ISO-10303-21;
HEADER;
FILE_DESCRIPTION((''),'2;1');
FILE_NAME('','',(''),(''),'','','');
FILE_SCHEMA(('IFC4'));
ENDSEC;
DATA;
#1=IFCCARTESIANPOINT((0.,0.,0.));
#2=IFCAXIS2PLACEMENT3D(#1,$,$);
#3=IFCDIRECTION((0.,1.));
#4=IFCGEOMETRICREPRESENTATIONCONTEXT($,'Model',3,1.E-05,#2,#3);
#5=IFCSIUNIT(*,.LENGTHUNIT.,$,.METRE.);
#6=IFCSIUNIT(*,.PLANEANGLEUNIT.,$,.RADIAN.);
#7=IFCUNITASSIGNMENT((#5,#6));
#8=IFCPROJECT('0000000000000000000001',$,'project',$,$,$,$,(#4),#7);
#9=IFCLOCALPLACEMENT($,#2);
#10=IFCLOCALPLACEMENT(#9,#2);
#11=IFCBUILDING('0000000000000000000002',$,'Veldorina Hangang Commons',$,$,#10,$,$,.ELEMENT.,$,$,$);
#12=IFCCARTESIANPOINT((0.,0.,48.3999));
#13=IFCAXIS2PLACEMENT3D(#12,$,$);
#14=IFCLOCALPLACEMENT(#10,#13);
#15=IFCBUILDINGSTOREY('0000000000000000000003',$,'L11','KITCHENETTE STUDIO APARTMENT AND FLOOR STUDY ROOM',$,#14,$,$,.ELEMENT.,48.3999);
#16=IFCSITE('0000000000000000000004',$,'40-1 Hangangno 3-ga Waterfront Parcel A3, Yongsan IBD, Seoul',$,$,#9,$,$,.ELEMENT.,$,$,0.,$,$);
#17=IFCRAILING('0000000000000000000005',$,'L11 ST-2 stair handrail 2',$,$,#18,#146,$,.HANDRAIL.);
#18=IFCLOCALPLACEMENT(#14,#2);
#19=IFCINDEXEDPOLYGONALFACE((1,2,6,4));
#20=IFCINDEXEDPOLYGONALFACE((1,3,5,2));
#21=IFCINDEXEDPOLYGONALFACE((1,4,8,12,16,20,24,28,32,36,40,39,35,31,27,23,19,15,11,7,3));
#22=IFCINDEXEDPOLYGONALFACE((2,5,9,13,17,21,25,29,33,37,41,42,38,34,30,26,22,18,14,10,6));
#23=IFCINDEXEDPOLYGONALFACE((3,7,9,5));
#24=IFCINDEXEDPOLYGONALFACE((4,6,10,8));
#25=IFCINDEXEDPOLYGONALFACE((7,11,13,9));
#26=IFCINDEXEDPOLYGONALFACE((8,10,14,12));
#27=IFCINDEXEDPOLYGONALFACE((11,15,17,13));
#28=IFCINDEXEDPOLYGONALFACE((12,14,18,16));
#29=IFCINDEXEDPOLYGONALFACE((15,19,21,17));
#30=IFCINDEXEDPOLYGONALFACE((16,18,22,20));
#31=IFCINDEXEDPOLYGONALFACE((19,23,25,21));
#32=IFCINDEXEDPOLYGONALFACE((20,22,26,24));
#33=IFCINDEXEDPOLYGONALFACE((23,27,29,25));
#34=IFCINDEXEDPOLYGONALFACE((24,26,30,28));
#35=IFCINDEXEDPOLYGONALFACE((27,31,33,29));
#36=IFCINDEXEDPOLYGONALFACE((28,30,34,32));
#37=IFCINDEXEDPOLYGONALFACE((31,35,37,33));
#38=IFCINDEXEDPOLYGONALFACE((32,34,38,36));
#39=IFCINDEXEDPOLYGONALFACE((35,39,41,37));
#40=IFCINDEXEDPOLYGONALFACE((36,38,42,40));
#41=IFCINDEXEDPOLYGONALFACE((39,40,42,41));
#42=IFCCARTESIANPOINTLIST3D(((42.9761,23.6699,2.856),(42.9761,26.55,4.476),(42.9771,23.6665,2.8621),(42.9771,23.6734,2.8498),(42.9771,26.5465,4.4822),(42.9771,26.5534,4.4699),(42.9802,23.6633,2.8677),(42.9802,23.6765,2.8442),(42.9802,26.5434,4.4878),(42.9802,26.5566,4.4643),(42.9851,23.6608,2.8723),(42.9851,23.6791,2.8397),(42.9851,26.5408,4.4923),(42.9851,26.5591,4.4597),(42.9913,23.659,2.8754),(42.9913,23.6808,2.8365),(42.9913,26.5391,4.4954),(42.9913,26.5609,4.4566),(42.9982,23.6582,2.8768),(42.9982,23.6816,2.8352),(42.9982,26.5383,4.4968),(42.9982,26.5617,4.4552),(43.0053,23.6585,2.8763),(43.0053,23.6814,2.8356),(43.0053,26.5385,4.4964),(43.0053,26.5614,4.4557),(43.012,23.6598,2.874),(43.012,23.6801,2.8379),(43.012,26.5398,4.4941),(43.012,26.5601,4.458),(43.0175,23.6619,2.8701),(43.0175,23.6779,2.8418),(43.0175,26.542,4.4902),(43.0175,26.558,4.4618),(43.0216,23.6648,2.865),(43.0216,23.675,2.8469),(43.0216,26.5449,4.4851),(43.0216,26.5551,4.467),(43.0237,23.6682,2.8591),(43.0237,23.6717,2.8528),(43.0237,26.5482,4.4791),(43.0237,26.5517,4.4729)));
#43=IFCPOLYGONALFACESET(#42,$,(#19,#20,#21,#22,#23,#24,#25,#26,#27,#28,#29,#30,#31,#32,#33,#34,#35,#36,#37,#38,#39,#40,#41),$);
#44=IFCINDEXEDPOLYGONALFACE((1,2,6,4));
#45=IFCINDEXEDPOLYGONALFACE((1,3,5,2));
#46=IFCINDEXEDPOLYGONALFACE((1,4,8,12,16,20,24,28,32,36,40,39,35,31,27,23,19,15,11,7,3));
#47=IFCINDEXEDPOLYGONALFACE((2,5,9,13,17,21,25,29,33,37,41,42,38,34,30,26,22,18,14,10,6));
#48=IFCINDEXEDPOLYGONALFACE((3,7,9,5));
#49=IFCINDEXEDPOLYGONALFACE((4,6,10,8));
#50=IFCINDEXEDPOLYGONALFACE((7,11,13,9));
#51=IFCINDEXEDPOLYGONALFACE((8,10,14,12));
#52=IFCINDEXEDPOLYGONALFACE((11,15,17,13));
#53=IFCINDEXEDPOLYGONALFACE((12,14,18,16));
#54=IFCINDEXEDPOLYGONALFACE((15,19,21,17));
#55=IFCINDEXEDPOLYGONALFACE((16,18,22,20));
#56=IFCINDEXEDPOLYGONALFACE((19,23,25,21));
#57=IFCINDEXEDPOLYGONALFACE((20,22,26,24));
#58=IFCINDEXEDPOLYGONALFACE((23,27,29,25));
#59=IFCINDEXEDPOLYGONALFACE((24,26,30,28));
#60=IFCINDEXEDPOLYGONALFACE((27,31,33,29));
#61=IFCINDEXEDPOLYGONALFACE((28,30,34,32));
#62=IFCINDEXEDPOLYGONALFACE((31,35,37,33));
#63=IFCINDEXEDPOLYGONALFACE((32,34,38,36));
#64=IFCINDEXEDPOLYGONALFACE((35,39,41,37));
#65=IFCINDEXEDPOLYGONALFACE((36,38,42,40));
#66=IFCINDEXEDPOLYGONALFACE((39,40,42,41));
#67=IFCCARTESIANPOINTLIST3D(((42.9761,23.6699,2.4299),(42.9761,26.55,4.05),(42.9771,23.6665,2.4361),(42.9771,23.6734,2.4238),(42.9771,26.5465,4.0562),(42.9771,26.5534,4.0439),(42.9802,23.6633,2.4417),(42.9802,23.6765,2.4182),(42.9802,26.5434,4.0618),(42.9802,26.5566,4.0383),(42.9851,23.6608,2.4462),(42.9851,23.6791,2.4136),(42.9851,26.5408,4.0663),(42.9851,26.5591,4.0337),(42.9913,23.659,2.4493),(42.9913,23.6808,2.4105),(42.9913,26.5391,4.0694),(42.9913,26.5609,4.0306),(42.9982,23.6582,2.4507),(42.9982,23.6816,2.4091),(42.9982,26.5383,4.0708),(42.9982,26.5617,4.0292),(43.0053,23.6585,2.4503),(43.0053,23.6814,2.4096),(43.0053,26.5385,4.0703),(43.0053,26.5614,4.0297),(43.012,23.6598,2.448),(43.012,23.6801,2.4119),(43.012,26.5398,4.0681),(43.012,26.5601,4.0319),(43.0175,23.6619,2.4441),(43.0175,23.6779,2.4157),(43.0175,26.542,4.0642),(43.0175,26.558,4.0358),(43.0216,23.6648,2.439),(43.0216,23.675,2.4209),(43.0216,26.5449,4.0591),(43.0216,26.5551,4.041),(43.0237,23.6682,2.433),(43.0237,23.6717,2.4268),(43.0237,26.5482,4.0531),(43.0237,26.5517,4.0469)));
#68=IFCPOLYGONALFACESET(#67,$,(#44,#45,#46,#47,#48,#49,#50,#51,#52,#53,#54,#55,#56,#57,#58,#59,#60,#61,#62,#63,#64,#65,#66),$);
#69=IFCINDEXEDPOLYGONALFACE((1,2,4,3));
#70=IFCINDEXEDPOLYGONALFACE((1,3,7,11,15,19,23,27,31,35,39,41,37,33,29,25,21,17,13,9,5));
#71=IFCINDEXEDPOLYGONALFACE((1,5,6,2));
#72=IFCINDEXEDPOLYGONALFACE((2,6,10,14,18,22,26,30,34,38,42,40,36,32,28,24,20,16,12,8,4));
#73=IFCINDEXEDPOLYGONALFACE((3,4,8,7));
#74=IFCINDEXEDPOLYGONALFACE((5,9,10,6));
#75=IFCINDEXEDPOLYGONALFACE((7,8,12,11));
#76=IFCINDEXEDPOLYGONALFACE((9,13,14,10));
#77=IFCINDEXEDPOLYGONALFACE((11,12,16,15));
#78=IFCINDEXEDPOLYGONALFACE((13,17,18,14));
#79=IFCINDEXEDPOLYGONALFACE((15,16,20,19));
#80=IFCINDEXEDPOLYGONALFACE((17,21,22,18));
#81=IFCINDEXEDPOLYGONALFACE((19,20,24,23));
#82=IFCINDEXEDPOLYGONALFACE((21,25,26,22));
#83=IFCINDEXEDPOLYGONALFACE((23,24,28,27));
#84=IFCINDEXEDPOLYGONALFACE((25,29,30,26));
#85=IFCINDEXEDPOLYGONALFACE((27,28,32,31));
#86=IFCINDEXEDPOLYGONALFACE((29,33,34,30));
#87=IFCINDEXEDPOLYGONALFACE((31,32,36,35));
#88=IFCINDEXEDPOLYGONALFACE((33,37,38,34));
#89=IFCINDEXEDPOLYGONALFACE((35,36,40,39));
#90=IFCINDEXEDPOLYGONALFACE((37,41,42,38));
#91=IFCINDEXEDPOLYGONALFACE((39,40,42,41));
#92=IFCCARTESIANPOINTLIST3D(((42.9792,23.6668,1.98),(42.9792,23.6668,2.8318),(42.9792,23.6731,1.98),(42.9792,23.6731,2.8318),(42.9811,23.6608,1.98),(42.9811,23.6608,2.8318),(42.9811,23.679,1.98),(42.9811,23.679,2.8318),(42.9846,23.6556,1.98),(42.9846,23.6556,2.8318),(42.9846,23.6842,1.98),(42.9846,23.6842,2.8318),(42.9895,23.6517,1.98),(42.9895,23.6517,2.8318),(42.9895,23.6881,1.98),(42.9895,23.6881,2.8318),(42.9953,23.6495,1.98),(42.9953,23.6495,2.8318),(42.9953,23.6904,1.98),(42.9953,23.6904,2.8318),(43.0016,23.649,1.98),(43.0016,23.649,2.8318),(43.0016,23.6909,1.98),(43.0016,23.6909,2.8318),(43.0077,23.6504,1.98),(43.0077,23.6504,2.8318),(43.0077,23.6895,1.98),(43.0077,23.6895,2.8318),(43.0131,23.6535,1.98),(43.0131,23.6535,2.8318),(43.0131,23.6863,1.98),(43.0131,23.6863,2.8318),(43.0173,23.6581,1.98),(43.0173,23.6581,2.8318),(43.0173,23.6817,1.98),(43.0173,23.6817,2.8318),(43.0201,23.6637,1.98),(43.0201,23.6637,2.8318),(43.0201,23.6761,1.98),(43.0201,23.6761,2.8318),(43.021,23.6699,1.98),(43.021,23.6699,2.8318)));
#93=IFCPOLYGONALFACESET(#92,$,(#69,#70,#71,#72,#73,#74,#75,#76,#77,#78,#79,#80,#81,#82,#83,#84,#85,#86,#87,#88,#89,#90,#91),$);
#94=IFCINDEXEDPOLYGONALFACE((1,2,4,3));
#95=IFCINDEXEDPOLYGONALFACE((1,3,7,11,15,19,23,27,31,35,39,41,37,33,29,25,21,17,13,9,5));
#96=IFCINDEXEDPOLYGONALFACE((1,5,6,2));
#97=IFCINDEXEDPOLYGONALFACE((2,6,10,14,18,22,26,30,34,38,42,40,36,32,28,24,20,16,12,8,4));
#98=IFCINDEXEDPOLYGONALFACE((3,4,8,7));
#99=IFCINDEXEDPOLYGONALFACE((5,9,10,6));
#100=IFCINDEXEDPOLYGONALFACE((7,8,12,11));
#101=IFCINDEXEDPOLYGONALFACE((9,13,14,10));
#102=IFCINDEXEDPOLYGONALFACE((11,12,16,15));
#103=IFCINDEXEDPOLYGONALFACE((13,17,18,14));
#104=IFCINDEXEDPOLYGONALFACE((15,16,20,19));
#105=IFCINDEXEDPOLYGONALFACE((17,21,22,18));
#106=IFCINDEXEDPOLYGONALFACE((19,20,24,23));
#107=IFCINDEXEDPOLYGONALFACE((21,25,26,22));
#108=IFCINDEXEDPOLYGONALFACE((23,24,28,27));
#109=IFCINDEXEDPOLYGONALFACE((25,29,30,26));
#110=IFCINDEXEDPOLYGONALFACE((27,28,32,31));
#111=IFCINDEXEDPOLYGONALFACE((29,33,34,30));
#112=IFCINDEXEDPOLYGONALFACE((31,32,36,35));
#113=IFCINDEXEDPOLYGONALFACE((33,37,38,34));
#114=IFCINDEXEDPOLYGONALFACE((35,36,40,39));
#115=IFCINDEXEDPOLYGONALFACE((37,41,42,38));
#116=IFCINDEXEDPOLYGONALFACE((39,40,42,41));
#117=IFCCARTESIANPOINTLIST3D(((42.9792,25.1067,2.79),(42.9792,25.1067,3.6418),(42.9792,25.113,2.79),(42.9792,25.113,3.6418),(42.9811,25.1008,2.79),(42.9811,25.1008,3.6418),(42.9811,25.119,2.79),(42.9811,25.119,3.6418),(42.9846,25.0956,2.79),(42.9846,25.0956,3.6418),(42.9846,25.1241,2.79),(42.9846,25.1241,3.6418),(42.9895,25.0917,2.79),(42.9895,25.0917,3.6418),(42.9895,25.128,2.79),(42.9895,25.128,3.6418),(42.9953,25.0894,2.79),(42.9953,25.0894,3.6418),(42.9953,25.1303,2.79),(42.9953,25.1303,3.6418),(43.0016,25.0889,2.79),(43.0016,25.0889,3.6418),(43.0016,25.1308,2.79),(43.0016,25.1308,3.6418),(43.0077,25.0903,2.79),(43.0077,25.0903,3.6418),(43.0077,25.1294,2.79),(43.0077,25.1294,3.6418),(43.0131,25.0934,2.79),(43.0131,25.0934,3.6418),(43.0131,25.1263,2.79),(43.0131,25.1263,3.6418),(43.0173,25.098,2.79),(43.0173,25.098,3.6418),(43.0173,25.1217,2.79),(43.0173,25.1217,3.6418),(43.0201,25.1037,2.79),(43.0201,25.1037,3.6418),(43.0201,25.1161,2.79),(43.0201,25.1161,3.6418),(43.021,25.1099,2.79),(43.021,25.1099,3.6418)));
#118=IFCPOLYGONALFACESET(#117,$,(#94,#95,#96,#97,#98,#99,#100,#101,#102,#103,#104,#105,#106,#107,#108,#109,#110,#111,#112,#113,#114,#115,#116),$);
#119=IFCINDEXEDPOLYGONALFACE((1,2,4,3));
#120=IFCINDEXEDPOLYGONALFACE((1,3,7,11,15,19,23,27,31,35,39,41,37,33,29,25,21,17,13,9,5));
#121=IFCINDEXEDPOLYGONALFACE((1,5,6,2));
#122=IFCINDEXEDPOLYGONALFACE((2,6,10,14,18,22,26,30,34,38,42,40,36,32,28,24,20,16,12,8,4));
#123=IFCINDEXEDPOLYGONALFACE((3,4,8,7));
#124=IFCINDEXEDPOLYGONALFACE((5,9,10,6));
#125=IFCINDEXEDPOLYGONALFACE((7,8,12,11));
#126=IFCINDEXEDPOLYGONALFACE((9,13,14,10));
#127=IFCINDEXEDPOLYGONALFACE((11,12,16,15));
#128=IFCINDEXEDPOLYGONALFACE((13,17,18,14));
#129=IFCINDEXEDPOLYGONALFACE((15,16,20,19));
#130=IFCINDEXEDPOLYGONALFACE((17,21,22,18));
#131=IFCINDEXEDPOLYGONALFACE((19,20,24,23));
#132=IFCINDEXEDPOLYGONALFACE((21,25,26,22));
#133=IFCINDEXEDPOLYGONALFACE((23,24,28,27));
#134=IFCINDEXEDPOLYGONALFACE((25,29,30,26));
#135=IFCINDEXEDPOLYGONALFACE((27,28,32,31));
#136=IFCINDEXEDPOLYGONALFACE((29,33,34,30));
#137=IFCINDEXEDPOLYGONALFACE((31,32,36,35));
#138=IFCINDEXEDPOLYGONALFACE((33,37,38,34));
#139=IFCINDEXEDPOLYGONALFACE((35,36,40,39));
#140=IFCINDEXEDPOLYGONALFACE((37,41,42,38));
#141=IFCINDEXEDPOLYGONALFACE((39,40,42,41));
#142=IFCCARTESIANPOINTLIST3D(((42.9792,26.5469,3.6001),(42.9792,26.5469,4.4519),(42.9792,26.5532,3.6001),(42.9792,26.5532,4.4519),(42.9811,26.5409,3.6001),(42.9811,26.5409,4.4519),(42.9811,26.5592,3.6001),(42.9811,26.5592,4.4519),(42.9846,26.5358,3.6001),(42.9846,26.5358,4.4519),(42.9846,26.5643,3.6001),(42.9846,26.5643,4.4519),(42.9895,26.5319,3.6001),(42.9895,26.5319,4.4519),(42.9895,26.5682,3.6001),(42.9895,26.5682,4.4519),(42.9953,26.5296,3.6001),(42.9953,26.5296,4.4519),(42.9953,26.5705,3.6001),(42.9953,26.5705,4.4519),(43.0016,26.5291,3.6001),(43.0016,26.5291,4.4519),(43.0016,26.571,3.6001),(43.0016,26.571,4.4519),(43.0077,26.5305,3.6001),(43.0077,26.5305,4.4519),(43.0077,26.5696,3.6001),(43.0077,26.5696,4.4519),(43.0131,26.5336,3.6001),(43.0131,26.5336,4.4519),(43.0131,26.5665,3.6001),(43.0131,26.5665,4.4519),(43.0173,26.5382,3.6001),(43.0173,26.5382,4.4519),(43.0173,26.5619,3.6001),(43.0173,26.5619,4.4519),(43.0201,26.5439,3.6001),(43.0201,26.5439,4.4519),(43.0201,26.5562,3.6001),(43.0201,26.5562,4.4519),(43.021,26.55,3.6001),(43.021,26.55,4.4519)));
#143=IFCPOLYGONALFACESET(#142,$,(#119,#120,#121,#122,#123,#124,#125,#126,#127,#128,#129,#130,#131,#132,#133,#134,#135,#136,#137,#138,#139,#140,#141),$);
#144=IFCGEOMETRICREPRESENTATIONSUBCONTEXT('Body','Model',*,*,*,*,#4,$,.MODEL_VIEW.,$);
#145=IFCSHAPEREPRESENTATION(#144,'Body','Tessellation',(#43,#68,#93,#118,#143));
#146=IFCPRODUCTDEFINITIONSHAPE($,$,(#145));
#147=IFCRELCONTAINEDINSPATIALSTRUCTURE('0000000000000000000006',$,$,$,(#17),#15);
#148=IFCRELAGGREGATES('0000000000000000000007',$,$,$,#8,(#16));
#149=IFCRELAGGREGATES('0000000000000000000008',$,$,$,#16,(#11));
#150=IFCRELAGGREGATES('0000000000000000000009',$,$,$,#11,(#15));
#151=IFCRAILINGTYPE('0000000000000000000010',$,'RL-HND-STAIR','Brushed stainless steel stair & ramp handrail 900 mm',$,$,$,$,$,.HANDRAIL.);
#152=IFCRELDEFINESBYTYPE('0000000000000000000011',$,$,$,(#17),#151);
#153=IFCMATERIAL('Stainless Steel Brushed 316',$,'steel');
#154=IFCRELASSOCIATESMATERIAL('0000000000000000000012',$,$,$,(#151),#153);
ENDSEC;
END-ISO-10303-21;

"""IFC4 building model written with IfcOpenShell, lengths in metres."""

from ifc_helpers import new_model, si_unit, direction, frame, origin, origin_2d, place, context, subcontext, project, spatial, circle, extrude, material, type_object, element, save


model = new_model("IFC4")

# Units and contexts
model_context = context("Model", 3, precision=1e-05, world=origin(), true_north=direction((0.0, 1.0)))
body_context = subcontext(model_context, "Body", "Model", "MODEL_VIEW")
ifc_project = project(units=[si_unit("LENGTHUNIT", "METRE"), si_unit("PLANEANGLEUNIT", "RADIAN")], contexts=[model_context])

# Site, building, storey
site_placement = place(None, origin())
site = spatial("IfcSite", under=ifc_project, at=site_placement, Name="40-1 Hangangno 3-ga Waterfront Parcel A3, Yongsan IBD, Seoul", CompositionType="ELEMENT", RefElevation=0.0)
building_placement = place(site_placement, origin())
building = spatial("IfcBuilding", under=site, at=building_placement, Name="Veldorina Hangang Commons", CompositionType="ELEMENT")
storey_placement = place(building_placement, frame((0.0, 0.0, 48.3999)))
storey = spatial("IfcBuildingStorey", under=building, at=storey_placement, Name="L11", Description="KITCHENETTE STUDIO APARTMENT AND FLOOR STUDY ROOM", CompositionType="ELEMENT", Elevation=48.3999)

# Railing
ifc_material_1 = material(Name="Stainless Steel Brushed 316", Category="steel")
railing_type_1 = type_object("IfcRailingType", Name="RL-HND-STAIR", Description="Brushed stainless steel stair & ramp handrail 900 mm", PredefinedType="HANDRAIL", material=ifc_material_1)
railing_1_placement = place(storey_placement, frame((43.0, 23.6699, 1.98)))
element("IfcRailing", 1, at=railing_1_placement, inside=storey, type_object=railing_type_1, Name="L11 ST-2 stair handrail 2", PredefinedType="HANDRAIL", context=body_context, shape_type="SweptSolid", body=[
    extrude(circle(Radius=0.0239, at=origin_2d()), frame((0.0, 0.0, 0.876), z_axis=(0.0, 0.87157, 0.490272), x_axis=(-1.0, 0.0, 0.0)), (0.0, 0.0, 1.0), 3.3044),
    extrude(circle(Radius=0.0239, at=origin_2d()), frame((0.0, 0.0, 0.45), z_axis=(0.0, 0.87157, 0.490272), x_axis=(-1.0, 0.0, 0.0)), (0.0, 0.0, 1.0), 3.3044),
    extrude(circle(Radius=0.021, at=origin_2d()), origin(), (0.0, 0.0, 1.0), 0.8518),
    extrude(circle(Radius=0.021, at=origin_2d()), frame((0.0, 1.4399, 0.8101)), (0.0, 0.0, 1.0), 0.8518),
    extrude(circle(Radius=0.021, at=origin_2d()), frame((0.0, 2.8801, 1.6201)), (0.0, 0.0, 1.0), 0.8518),
])

save(model, "model.ifc")
